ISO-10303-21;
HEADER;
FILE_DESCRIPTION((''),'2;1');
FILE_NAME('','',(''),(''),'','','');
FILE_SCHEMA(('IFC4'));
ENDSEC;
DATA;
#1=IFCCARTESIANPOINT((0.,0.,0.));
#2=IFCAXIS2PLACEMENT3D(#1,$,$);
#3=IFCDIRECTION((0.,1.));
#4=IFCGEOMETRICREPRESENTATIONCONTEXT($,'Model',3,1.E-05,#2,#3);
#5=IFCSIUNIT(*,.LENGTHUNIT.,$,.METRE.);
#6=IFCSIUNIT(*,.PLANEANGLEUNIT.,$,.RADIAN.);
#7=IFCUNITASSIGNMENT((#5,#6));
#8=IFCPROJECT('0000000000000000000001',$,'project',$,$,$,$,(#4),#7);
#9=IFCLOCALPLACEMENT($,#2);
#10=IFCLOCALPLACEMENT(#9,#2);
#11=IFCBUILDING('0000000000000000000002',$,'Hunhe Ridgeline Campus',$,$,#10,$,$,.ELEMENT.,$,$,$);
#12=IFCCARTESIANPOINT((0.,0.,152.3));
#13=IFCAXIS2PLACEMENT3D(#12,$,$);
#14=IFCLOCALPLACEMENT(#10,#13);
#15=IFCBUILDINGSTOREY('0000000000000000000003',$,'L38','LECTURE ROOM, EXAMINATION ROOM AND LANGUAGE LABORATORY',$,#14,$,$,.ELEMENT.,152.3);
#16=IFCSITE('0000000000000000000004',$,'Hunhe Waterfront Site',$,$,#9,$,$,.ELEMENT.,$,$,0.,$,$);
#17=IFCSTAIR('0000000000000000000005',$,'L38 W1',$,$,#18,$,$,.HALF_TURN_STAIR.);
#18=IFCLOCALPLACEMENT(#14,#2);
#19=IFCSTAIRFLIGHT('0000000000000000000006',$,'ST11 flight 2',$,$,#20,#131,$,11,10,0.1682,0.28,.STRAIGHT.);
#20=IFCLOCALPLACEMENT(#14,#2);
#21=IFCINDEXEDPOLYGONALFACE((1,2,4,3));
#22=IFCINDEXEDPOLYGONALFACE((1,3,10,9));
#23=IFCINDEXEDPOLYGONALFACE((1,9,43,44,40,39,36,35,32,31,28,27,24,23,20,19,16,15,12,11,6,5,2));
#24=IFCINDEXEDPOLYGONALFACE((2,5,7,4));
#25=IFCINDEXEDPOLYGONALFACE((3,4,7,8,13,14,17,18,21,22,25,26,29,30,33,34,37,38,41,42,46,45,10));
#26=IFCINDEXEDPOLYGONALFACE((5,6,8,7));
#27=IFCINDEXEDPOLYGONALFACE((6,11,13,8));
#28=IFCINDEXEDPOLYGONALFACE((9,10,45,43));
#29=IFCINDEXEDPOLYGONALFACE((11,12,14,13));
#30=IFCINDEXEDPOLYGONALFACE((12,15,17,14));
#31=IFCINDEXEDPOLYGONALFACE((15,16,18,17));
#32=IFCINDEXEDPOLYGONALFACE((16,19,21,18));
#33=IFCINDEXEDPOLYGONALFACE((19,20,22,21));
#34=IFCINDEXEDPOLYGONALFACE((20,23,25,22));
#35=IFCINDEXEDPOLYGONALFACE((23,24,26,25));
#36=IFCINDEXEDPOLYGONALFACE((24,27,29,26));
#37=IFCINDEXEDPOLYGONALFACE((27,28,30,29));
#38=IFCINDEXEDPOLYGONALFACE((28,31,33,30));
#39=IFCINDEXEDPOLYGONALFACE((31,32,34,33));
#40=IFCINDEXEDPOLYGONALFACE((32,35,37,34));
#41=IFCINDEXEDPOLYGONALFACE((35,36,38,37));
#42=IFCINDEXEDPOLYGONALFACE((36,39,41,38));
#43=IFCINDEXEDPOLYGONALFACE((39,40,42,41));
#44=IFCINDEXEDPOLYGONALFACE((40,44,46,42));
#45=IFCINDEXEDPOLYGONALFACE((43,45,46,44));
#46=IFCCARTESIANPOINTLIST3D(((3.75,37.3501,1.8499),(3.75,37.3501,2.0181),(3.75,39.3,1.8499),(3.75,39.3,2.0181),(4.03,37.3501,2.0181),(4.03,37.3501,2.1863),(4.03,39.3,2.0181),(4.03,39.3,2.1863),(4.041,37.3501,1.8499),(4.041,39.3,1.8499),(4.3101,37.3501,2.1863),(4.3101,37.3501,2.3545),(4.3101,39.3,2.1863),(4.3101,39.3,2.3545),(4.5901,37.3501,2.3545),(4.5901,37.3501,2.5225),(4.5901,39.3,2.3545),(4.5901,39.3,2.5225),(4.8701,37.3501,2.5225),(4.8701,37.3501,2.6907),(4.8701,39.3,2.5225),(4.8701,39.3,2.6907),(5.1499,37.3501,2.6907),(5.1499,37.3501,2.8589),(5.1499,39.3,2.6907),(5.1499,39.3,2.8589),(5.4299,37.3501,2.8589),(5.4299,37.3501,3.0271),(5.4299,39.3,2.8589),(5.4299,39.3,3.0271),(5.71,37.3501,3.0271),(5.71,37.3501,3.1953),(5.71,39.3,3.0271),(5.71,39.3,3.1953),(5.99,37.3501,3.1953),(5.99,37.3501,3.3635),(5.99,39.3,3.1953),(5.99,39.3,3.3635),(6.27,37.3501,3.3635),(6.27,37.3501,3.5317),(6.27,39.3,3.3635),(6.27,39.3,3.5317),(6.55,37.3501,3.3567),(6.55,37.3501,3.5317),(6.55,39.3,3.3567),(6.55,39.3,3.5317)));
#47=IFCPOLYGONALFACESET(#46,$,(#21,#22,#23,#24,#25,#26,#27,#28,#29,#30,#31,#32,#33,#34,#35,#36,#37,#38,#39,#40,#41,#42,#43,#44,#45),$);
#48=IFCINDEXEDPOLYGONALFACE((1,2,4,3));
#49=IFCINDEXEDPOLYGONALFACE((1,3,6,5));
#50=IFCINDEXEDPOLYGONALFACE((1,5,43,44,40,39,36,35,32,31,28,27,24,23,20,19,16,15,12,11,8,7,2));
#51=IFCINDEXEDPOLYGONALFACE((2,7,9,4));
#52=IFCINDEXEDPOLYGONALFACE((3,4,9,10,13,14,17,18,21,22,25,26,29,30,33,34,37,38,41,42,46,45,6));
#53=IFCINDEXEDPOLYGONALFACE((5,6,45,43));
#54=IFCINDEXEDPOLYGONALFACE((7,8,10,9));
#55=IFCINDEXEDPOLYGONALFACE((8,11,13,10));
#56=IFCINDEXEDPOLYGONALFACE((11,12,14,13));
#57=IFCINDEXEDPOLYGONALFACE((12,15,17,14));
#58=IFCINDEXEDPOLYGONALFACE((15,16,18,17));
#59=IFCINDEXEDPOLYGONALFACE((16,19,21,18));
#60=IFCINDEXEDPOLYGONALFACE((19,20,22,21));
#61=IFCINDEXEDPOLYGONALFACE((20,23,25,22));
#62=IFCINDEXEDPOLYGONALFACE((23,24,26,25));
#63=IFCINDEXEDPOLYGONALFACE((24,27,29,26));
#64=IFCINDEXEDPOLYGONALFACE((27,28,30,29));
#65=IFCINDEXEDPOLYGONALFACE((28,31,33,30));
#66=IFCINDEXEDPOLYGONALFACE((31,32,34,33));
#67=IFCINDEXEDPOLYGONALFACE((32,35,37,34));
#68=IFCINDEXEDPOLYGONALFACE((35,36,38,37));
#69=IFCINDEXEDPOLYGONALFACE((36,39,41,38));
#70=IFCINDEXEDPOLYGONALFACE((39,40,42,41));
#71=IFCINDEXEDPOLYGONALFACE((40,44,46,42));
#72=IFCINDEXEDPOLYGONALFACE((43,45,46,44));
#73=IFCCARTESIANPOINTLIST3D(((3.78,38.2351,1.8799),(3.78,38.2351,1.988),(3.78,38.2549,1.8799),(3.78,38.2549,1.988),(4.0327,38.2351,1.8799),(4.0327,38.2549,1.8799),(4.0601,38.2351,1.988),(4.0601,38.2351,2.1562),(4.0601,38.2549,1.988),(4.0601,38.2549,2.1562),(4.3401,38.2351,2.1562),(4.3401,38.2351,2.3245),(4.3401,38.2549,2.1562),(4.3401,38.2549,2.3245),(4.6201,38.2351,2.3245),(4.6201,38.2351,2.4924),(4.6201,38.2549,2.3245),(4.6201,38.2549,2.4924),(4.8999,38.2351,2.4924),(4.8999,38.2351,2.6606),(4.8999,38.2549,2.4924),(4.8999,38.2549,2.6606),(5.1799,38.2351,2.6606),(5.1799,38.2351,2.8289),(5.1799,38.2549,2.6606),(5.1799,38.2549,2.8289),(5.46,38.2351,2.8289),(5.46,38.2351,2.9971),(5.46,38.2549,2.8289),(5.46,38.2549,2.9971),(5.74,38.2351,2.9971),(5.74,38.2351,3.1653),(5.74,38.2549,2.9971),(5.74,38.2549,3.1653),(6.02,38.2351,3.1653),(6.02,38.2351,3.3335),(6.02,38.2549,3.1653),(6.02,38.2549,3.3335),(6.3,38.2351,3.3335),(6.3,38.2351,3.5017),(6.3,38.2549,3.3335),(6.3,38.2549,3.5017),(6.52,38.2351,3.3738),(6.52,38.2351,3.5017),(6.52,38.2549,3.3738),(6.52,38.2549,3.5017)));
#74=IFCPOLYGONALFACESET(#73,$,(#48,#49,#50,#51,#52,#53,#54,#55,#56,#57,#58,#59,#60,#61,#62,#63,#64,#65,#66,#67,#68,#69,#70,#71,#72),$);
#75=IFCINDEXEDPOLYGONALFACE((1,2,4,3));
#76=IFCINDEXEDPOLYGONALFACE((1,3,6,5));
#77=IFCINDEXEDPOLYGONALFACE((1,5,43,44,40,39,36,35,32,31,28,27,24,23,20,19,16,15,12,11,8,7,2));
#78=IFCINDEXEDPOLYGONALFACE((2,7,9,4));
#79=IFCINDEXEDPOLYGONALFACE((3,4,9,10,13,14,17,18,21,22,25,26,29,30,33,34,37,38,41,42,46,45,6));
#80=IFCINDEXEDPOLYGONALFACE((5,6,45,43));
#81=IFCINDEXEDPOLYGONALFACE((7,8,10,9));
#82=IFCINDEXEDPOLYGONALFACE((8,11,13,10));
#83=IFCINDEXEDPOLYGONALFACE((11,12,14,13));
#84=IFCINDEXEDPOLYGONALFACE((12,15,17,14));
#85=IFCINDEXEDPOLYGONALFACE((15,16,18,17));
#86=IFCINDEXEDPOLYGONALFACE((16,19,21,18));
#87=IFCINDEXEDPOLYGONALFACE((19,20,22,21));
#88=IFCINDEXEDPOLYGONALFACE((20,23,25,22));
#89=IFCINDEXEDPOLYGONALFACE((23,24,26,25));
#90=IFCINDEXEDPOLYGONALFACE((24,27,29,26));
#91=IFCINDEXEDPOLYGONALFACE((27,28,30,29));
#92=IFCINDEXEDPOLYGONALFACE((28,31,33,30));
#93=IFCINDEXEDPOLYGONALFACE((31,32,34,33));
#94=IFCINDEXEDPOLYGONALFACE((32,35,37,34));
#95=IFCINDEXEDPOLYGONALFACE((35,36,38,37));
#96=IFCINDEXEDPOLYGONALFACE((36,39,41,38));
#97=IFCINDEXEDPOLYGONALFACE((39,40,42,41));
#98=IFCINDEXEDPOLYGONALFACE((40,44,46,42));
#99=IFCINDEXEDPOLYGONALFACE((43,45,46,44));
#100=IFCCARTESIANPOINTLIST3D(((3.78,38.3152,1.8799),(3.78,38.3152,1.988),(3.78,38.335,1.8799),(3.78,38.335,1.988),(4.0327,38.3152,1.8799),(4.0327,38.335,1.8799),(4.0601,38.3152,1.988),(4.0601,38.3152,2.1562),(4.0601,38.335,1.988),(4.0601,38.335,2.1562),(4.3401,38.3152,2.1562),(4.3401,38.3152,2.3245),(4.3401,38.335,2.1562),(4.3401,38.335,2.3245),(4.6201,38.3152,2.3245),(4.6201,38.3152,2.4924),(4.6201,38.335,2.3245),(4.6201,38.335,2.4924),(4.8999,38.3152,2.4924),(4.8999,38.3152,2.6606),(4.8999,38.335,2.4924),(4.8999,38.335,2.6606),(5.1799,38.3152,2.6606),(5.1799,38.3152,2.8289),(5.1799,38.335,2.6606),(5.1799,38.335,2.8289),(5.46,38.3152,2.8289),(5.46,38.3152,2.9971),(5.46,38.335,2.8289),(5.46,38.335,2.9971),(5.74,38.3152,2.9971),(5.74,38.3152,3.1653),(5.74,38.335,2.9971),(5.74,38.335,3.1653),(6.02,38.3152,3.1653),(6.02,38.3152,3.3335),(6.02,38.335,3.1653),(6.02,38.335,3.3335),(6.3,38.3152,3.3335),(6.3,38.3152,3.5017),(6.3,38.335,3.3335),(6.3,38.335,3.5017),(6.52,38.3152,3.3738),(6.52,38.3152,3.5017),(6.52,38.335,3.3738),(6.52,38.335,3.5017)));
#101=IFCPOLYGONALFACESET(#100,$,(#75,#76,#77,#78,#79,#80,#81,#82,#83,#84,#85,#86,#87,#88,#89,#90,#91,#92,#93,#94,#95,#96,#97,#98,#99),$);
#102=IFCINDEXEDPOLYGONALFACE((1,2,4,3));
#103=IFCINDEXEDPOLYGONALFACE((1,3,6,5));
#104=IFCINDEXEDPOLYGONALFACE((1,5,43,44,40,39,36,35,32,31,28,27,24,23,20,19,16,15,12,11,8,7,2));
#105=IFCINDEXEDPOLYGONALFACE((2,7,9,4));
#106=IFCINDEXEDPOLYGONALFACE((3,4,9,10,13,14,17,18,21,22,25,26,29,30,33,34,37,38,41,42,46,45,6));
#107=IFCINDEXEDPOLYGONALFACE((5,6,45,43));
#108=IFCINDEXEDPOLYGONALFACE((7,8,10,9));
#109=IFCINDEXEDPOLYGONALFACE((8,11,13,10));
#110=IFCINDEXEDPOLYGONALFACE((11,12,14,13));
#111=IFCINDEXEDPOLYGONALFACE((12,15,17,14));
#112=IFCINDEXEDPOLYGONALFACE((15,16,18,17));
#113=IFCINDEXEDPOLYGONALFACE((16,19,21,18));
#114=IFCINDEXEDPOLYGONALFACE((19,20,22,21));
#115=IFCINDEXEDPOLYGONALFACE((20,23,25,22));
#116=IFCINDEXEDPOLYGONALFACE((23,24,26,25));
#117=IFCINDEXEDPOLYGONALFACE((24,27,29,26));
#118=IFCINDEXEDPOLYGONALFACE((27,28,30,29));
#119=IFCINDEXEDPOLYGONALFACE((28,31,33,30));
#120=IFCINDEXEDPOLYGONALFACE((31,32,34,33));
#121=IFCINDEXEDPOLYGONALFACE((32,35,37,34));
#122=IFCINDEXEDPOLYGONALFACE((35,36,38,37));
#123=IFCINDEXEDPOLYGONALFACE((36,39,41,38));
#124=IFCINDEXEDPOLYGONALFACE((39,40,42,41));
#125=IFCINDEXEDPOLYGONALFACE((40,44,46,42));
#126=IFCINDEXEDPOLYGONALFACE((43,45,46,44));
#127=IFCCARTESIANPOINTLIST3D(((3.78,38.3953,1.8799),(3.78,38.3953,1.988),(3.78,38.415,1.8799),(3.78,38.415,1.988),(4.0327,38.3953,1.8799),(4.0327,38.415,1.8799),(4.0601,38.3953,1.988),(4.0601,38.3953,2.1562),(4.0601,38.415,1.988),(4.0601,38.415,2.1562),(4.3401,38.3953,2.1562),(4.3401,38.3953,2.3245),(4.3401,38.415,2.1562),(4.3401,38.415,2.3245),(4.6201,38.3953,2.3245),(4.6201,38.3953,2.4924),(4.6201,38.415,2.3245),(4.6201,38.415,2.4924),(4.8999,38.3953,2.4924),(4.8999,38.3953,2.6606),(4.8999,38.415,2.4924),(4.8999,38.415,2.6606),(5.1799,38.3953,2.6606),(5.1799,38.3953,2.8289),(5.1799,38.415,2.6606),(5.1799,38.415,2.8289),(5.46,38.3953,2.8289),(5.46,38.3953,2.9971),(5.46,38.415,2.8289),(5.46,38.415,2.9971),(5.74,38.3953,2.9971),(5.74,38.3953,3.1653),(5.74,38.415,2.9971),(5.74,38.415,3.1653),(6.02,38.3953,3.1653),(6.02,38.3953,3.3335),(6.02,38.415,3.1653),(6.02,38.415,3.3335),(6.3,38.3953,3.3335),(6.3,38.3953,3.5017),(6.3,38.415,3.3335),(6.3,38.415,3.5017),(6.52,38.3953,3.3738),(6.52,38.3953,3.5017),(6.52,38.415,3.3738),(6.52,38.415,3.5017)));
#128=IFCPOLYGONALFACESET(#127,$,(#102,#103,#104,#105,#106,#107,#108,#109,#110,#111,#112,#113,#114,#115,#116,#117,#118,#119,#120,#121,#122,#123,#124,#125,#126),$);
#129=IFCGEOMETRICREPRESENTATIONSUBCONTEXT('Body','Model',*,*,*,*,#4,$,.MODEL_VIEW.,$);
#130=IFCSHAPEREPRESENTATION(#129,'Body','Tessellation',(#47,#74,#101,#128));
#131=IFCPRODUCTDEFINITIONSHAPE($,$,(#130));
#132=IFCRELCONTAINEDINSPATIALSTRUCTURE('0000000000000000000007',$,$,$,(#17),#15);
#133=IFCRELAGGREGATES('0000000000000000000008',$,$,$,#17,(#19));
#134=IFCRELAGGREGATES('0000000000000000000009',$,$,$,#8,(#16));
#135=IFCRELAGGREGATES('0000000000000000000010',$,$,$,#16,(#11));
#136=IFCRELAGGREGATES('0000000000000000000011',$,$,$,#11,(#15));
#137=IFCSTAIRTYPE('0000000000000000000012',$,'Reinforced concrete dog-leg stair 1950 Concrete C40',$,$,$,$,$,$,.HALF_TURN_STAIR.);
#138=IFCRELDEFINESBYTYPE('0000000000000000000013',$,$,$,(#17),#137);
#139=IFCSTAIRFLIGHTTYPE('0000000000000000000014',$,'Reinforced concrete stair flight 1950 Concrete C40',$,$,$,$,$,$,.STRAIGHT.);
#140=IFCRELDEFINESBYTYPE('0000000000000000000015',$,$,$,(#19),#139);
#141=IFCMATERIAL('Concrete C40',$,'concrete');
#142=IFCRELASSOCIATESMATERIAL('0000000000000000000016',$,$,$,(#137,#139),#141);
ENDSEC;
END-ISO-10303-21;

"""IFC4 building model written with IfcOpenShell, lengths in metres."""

from ifc_helpers import new_model, si_unit, direction, frame, origin, place, context, subcontext, project, spatial, polyline, outline, extrude, material, type_object, element, aggregate, save


model = new_model("IFC4")

# Units and contexts
model_context = context("Model", 3, precision=1e-05, world=origin(), true_north=direction((0.0, 1.0)))
body_context = subcontext(model_context, "Body", "Model", "MODEL_VIEW")
ifc_project = project(units=[si_unit("LENGTHUNIT", "METRE"), si_unit("PLANEANGLEUNIT", "RADIAN")], contexts=[model_context])

# Site, building, storey
site_placement = place(None, origin())
site = spatial("IfcSite", under=ifc_project, at=site_placement, Name="Hunhe Waterfront Site", CompositionType="ELEMENT", RefElevation=0.0)
building_placement = place(site_placement, origin())
building = spatial("IfcBuilding", under=site, at=building_placement, Name="Hunhe Ridgeline Campus", CompositionType="ELEMENT")
storey_placement = place(building_placement, frame((0.0, 0.0, 152.3)))
storey = spatial("IfcBuildingStorey", under=building, at=storey_placement, Name="L38", Description="LECTURE ROOM, EXAMINATION ROOM AND LANGUAGE LABORATORY", CompositionType="ELEMENT", Elevation=152.3)

# Stair, stair flight
ifc_material_1 = material(Name="Concrete C40", Category="concrete")
stair_type = type_object("IfcStairType", Name="Reinforced concrete dog-leg stair 1950 Concrete C40", PredefinedType="HALF_TURN_STAIR", material=ifc_material_1)
stair_placement = place(storey_placement, origin())
stair = element("IfcStair", 1, at=stair_placement, inside=storey, type_object=stair_type, Name="L38 W1", PredefinedType="HALF_TURN_STAIR")
stair_flight_type = type_object("IfcStairFlightType", Name="Reinforced concrete stair flight 1950 Concrete C40", PredefinedType="STRAIGHT", material=ifc_material_1)
stair_flight_1_placement = place(storey_placement, frame((3.75, 38.325, 1.8499), z_axis=(0.0, 0.0, 1.0), x_axis=(1.0, 0.0, 0.0)))
stair_flight_1 = element("IfcStairFlight", 2, at=stair_flight_1_placement, type_object=stair_flight_type, Name="ST11 flight 2", NumberOfRisers=11, NumberOfTreads=10, PredefinedType="STRAIGHT", RiserHeight=0.1682, TreadLength=0.28, context=body_context, shape_type="SweptSolid", body=[
    extrude(outline(polyline([(0.0, 0.0), (0.0, 0.1682), (0.28, 0.1682), (0.28, 0.3364), (0.5601, 0.3364), (0.5601, 0.5046), (0.8401, 0.5046), (0.8401, 0.6726), (1.1201, 0.6726), (1.1201, 0.8408), (1.3999, 0.8408), (1.3999, 1.009), (1.6799, 1.009), (1.6799, 1.1772), (1.96, 1.1772), (1.96, 1.3455), (2.24, 1.3455), (2.24, 1.5137), (2.52, 1.5137), (2.52, 1.6819), (2.8, 1.6819), (2.8, 1.8501), (2.8, 1.5068), (0.291, 0.0), (0.0, 0.0)])), frame((0.0, 0.9751, 0.0), z_axis=(0.0, -1.0, 0.0), x_axis=(1.0, 0.0, 0.0)), (0.0, 0.0, 1.0), 1.95),
    extrude(outline(polyline([(0.03, 0.03), (0.03, 0.1382), (0.3101, 0.1382), (0.3101, 0.3064), (0.5901, 0.3064), (0.5901, 0.4746), (0.8701, 0.4746), (0.8701, 0.6426), (1.1499, 0.6426), (1.1499, 0.8108), (1.4299, 0.8108), (1.4299, 0.979), (1.71, 0.979), (1.71, 1.1472), (1.99, 1.1472), (1.99, 1.3154), (2.27, 1.3154), (2.27, 1.4836), (2.55, 1.4836), (2.55, 1.6519), (2.77, 1.6519), (2.77, 1.5239), (0.2827, 0.03), (0.03, 0.03)])), frame((0.0, -0.0701, 0.0), z_axis=(0.0, -1.0, 0.0), x_axis=(1.0, 0.0, 0.0)), (0.0, 0.0, 1.0), 0.0198),
    extrude(outline(polyline([(0.03, 0.03), (0.03, 0.1382), (0.3101, 0.1382), (0.3101, 0.3064), (0.5901, 0.3064), (0.5901, 0.4746), (0.8701, 0.4746), (0.8701, 0.6426), (1.1499, 0.6426), (1.1499, 0.8108), (1.4299, 0.8108), (1.4299, 0.979), (1.71, 0.979), (1.71, 1.1472), (1.99, 1.1472), (1.99, 1.3154), (2.27, 1.3154), (2.27, 1.4836), (2.55, 1.4836), (2.55, 1.6519), (2.77, 1.6519), (2.77, 1.5239), (0.2827, 0.03), (0.03, 0.03)])), frame((0.0, 0.01, 0.0), z_axis=(0.0, -1.0, 0.0), x_axis=(1.0, 0.0, 0.0)), (0.0, 0.0, 1.0), 0.0198),
    extrude(outline(polyline([(0.03, 0.03), (0.03, 0.1382), (0.3101, 0.1382), (0.3101, 0.3064), (0.5901, 0.3064), (0.5901, 0.4746), (0.8701, 0.4746), (0.8701, 0.6426), (1.1499, 0.6426), (1.1499, 0.8108), (1.4299, 0.8108), (1.4299, 0.979), (1.71, 0.979), (1.71, 1.1472), (1.99, 1.1472), (1.99, 1.3154), (2.27, 1.3154), (2.27, 1.4836), (2.55, 1.4836), (2.55, 1.6519), (2.77, 1.6519), (2.77, 1.5239), (0.2827, 0.03), (0.03, 0.03)])), frame((0.0, 0.0901, 0.0), z_axis=(0.0, -1.0, 0.0), x_axis=(1.0, 0.0, 0.0)), (0.0, 0.0, 1.0), 0.0198),
])
aggregate(stair, [stair_flight_1])

save(model, "model.ifc")
